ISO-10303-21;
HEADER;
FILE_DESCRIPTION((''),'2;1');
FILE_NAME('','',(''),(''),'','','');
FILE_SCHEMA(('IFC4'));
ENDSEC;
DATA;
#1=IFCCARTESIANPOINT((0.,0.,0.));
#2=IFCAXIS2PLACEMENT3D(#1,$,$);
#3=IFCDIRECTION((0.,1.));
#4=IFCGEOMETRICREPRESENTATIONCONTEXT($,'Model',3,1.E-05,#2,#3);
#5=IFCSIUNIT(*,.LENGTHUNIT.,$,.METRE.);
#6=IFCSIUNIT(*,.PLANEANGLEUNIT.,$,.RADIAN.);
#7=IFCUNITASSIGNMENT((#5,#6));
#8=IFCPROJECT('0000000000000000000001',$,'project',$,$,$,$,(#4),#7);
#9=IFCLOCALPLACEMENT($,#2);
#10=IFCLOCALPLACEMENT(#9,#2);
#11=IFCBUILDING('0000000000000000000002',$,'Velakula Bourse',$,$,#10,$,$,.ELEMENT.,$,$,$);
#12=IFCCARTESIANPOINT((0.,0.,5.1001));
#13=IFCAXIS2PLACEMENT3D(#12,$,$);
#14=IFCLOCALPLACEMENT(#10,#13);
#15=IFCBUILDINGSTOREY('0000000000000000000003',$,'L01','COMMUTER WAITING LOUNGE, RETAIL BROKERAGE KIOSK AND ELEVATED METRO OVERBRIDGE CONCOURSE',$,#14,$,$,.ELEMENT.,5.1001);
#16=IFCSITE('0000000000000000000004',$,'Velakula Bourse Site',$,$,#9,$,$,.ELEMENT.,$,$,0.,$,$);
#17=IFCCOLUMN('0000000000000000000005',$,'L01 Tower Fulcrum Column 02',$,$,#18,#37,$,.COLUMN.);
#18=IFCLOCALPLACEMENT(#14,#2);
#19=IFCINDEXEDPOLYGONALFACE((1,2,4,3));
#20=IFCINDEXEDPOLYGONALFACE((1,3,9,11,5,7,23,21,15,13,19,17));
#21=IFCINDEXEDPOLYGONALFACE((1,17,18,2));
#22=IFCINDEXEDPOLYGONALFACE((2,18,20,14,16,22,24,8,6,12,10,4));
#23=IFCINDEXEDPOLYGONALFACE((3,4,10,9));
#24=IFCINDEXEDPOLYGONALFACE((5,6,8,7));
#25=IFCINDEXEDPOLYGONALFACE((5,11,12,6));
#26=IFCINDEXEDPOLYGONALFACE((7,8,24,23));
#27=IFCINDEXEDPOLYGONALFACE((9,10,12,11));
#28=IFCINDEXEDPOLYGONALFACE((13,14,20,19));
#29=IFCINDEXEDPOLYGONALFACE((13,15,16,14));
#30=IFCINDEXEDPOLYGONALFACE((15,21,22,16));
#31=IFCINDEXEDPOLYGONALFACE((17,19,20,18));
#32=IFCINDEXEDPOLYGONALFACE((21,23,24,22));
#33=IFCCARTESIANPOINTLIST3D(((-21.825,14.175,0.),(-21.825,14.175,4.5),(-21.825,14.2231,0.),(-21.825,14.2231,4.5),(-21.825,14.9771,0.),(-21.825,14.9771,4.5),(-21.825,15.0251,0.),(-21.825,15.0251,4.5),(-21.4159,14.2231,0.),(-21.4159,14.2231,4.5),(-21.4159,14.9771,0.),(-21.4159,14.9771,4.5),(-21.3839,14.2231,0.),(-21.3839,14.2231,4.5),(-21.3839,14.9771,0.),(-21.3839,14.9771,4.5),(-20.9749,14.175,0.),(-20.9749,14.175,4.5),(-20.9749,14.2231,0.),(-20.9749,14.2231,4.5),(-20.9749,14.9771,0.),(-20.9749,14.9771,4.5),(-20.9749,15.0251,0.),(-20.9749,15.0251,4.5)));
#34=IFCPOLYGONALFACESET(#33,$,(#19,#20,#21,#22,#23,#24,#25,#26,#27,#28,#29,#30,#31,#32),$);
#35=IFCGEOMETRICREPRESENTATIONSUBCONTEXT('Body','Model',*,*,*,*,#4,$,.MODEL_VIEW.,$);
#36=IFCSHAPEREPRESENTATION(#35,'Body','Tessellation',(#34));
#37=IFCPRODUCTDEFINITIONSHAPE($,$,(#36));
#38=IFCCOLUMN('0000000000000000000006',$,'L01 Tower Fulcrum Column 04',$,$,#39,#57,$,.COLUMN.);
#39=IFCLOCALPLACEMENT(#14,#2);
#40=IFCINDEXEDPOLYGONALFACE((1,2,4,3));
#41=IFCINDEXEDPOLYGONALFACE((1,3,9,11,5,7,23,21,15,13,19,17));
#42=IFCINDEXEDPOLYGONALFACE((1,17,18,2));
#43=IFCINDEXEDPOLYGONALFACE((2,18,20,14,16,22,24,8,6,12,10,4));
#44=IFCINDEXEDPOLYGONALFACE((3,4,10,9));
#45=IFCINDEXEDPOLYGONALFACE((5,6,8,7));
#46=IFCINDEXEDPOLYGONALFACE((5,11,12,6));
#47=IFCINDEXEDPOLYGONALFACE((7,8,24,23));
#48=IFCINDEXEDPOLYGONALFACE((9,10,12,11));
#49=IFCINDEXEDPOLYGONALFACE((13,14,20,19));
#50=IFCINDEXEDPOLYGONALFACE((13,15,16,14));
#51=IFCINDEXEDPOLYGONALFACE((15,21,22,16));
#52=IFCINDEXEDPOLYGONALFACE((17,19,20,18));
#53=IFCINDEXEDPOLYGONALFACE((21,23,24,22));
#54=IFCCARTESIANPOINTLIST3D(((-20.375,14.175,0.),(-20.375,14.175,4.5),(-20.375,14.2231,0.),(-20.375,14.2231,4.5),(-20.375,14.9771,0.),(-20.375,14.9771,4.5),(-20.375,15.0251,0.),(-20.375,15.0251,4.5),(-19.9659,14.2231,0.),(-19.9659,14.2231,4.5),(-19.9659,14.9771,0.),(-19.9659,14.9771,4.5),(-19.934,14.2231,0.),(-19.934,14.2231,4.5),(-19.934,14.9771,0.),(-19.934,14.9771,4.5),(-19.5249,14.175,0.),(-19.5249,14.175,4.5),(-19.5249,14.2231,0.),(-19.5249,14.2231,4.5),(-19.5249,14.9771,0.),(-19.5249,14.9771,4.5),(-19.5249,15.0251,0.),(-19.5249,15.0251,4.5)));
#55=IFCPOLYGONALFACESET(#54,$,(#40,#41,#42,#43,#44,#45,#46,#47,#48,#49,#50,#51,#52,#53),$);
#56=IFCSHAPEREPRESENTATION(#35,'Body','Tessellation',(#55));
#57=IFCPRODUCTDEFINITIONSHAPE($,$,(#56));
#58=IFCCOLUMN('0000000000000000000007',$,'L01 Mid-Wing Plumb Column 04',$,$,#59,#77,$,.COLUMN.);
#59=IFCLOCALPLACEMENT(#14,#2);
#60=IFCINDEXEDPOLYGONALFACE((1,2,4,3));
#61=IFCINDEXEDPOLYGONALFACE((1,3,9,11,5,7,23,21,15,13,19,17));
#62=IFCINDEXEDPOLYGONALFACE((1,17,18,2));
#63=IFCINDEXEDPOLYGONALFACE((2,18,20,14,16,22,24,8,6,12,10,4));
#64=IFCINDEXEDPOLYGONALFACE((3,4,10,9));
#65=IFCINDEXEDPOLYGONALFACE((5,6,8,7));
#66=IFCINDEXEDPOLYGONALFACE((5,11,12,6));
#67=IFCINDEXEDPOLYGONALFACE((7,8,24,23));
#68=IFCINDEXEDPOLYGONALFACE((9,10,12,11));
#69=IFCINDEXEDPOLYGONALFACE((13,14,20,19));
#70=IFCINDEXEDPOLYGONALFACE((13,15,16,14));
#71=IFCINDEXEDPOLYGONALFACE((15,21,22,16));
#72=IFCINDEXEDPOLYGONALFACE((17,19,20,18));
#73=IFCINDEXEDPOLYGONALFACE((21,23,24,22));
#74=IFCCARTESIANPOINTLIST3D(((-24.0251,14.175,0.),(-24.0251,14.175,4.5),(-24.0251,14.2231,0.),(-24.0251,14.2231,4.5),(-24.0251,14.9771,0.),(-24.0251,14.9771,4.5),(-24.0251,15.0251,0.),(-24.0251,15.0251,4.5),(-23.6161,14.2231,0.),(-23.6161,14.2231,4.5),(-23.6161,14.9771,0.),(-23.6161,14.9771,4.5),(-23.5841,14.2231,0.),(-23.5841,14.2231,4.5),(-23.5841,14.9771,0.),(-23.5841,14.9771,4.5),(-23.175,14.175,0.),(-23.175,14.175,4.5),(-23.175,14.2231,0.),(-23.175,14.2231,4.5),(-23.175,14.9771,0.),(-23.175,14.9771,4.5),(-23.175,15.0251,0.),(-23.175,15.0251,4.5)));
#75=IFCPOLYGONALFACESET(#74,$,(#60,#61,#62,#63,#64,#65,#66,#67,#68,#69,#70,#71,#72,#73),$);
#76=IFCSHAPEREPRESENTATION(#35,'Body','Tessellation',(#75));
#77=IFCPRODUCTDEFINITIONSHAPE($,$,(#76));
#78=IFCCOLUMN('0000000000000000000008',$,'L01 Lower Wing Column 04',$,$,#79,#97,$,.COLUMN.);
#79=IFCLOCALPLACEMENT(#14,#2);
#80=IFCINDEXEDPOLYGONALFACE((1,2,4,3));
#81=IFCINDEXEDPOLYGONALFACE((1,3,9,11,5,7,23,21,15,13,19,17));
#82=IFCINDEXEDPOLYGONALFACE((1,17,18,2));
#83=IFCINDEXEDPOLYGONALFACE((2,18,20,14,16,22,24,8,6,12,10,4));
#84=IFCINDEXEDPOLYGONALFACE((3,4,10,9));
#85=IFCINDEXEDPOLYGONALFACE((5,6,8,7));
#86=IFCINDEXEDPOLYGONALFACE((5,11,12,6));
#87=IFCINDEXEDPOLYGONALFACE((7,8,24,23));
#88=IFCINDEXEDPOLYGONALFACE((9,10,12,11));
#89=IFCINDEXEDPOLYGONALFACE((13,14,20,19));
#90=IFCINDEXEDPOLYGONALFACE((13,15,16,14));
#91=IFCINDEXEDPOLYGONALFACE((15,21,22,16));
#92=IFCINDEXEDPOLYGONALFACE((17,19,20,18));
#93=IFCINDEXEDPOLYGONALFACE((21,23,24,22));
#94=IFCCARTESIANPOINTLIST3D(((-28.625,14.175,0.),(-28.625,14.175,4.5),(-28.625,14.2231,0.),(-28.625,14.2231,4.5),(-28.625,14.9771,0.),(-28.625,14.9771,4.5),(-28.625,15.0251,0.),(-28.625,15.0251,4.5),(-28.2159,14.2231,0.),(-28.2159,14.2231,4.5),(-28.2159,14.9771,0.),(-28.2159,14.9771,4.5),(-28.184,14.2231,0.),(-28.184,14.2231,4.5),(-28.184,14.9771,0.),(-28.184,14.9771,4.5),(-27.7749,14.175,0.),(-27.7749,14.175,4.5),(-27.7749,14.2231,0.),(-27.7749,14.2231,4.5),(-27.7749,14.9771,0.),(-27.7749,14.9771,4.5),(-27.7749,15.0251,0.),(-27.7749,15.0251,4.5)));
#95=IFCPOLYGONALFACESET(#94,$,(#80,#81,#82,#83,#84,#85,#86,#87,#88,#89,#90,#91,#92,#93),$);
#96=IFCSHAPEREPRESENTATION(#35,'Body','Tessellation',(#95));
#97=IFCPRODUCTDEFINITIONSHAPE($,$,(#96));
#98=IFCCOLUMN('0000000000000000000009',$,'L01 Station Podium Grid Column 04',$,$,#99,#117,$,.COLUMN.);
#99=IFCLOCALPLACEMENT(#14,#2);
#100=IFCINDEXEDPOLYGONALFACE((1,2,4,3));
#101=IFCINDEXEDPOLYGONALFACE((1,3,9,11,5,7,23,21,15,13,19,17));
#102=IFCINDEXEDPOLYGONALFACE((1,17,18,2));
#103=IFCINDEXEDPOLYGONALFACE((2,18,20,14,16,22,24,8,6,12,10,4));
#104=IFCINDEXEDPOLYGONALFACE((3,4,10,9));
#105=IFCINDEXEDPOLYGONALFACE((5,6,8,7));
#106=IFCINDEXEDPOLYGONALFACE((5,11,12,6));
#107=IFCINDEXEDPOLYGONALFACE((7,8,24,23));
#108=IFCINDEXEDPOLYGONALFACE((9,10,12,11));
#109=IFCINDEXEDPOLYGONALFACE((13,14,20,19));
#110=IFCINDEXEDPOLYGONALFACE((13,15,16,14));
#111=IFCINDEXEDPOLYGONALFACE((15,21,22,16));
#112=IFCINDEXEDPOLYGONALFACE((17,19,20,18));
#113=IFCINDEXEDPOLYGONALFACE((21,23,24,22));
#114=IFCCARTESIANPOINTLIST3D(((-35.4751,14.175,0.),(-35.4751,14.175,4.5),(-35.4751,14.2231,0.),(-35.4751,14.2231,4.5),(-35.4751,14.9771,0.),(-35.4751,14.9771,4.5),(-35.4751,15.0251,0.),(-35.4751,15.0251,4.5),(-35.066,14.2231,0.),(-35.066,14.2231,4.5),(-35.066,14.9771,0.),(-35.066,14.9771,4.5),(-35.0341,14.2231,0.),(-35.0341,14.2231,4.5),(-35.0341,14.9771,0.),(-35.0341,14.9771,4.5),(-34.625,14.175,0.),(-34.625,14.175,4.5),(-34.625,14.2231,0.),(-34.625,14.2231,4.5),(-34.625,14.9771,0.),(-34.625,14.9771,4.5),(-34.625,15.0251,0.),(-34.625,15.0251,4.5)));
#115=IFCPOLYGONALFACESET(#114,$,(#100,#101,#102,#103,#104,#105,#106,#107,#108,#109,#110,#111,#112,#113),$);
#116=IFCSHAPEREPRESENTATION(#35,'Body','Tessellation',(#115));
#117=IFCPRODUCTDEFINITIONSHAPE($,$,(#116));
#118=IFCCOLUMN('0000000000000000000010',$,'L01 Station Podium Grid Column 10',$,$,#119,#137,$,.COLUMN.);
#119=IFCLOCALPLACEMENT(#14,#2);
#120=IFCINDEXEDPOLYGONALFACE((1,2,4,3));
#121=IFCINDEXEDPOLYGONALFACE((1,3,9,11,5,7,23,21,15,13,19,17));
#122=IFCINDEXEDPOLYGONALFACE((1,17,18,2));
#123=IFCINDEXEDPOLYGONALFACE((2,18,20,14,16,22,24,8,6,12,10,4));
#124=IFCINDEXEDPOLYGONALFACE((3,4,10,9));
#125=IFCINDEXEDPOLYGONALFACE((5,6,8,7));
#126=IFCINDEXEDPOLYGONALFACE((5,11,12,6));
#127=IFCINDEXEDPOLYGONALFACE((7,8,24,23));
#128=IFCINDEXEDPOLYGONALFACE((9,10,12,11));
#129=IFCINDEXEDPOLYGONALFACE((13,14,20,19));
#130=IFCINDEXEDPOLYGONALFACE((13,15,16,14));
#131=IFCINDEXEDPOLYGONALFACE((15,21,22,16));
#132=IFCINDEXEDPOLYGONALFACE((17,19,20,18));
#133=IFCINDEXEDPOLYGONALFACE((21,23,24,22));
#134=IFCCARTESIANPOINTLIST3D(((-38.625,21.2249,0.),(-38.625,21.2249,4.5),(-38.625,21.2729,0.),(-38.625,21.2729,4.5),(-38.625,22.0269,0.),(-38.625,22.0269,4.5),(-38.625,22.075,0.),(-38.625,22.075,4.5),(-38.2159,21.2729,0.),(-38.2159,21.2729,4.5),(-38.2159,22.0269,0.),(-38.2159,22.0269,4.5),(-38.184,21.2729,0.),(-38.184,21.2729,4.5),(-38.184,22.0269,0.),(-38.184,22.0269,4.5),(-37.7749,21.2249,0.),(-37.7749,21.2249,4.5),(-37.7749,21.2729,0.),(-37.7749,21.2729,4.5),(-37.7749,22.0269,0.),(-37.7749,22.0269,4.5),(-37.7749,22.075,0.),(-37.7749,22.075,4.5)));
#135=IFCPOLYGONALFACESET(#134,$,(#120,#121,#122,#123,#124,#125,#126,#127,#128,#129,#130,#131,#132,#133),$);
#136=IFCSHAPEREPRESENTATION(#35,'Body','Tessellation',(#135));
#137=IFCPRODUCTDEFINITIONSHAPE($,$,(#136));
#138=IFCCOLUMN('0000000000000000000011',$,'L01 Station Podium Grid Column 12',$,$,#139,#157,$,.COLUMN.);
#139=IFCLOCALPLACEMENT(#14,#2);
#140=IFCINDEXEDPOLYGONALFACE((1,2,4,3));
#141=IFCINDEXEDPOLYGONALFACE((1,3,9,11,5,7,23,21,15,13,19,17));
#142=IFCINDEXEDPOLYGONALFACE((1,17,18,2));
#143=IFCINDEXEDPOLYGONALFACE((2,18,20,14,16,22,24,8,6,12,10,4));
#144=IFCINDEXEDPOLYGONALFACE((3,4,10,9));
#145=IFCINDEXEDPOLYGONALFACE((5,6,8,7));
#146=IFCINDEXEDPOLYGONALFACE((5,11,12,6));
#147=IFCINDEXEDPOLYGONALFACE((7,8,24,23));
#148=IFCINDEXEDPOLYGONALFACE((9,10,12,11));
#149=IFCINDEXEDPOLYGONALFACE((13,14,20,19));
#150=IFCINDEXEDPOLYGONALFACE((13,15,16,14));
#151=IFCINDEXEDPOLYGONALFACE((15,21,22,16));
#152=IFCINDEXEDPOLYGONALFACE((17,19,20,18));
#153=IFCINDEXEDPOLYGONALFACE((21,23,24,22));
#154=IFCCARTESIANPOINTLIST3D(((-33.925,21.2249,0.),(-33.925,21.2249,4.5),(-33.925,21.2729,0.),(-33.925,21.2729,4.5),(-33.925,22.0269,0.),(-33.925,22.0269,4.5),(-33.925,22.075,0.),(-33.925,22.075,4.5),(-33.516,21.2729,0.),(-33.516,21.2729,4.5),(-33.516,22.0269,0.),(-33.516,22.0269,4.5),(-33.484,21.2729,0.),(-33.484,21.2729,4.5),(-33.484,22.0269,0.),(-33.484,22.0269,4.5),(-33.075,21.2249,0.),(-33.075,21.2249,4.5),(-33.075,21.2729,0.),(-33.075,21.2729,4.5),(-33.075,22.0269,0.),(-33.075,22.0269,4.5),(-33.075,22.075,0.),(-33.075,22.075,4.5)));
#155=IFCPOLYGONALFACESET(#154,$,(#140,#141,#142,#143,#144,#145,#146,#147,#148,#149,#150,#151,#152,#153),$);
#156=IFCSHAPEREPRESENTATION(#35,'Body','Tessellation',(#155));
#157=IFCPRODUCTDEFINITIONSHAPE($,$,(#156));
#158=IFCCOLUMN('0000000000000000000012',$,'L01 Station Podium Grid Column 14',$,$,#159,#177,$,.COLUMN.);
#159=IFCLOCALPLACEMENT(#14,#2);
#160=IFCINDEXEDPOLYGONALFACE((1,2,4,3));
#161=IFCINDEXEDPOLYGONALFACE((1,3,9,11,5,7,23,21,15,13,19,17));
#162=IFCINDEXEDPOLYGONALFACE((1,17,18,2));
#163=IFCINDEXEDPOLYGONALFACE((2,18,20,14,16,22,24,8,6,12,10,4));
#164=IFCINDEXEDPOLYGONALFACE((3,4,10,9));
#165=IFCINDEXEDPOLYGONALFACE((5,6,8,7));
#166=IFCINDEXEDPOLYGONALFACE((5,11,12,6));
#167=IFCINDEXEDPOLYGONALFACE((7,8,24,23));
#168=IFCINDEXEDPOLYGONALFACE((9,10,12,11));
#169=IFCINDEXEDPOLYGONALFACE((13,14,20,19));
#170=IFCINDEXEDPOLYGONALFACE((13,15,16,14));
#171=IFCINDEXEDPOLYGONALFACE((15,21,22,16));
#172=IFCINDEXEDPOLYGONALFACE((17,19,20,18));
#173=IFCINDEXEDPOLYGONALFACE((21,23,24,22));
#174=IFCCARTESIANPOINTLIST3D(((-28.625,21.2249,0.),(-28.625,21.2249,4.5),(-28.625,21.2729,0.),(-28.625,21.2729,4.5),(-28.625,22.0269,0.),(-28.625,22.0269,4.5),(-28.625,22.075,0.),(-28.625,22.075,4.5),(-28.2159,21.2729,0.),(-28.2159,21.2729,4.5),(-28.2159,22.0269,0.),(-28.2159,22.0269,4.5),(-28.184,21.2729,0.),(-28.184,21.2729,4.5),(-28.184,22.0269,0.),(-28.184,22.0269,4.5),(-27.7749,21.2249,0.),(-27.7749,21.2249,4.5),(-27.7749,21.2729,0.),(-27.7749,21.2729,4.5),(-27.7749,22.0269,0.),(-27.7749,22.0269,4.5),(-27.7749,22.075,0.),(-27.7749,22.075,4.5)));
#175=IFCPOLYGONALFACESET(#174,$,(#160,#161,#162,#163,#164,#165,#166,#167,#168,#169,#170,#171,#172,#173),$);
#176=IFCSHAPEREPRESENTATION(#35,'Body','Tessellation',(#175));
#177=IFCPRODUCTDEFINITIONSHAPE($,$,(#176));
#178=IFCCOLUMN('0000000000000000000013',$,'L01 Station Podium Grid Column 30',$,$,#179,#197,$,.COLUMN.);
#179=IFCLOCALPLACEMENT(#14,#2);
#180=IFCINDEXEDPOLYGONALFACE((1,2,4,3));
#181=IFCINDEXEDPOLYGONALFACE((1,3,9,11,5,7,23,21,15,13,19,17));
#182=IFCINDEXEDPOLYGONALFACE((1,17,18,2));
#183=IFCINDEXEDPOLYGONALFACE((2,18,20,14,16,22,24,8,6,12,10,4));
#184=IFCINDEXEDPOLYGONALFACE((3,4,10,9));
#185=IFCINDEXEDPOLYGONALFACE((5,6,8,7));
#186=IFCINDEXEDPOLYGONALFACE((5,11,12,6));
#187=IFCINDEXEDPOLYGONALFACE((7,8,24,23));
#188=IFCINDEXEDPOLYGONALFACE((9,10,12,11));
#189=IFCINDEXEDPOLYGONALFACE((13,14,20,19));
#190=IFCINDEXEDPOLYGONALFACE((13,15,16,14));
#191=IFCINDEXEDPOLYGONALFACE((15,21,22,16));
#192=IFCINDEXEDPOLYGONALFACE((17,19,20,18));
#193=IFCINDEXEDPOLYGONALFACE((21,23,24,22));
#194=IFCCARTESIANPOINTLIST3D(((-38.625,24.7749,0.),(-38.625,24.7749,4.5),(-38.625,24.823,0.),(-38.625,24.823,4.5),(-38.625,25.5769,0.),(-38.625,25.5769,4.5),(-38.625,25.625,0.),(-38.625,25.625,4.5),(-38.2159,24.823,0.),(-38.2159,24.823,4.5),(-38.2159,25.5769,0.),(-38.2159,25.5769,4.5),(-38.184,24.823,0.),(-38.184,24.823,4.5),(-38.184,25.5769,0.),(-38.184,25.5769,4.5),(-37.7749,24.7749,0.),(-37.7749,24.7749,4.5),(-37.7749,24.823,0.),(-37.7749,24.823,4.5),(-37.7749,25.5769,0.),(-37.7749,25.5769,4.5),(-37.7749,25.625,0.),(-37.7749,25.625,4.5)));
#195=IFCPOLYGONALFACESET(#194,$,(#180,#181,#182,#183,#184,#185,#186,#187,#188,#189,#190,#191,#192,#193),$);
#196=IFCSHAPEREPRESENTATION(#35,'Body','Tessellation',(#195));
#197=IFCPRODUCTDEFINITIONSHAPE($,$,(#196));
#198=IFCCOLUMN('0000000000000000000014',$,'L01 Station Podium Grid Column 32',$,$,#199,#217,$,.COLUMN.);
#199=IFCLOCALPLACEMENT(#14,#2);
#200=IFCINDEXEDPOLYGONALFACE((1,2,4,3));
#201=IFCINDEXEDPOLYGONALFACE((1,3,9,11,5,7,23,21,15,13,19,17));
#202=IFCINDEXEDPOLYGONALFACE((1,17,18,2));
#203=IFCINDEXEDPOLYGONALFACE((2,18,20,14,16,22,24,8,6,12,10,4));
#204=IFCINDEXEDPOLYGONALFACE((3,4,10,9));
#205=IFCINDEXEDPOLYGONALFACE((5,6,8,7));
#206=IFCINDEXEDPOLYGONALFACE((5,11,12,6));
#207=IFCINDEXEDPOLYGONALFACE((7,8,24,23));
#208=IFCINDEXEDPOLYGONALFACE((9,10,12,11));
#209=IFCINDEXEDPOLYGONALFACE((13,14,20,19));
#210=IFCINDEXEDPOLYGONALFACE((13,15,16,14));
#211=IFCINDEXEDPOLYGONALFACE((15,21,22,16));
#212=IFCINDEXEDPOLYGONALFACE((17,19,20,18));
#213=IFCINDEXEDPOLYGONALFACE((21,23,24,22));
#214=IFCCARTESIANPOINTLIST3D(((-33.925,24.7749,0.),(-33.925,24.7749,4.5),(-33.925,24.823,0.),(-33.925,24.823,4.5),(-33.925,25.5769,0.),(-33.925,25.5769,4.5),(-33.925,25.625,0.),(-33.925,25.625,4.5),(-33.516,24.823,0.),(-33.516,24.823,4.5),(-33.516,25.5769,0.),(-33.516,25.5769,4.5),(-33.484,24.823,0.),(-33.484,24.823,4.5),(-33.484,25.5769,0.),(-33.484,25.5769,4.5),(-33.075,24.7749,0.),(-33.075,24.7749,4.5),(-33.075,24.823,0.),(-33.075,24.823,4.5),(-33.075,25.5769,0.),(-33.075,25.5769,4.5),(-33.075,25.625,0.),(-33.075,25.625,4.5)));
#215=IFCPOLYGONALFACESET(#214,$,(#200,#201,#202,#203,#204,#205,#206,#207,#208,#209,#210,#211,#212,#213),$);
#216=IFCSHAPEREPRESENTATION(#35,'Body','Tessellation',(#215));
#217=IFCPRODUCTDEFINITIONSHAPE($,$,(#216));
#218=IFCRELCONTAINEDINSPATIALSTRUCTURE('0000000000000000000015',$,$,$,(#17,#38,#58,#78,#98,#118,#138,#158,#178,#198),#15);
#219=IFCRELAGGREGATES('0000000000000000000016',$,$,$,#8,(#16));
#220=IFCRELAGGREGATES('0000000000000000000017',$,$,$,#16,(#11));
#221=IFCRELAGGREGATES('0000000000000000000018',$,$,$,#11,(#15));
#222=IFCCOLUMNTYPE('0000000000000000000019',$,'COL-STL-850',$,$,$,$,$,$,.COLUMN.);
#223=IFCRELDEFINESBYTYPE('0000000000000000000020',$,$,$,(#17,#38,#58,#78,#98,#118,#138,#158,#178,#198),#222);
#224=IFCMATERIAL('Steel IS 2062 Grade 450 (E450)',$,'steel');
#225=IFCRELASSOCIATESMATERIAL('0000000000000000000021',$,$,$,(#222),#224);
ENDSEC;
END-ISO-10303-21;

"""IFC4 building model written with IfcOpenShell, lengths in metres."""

from ifc_helpers import new_model, si_unit, direction, frame, origin, origin_2d, place, context, subcontext, project, spatial, i_section, extrude, material, material_profile, profile_set, type_object, element, save


model = new_model("IFC4")

# Units and contexts
model_context = context("Model", 3, precision=1e-05, world=origin(), true_north=direction((0.0, 1.0)))
body_context = subcontext(model_context, "Body", "Model", "MODEL_VIEW")
ifc_project = project(units=[si_unit("LENGTHUNIT", "METRE"), si_unit("PLANEANGLEUNIT", "RADIAN")], contexts=[model_context])

# Site, building, storey
site_placement = place(None, origin())
site = spatial("IfcSite", under=ifc_project, at=site_placement, Name="Velakula Bourse Site", CompositionType="ELEMENT", RefElevation=0.0)
building_placement = place(site_placement, origin())
building = spatial("IfcBuilding", under=site, at=building_placement, Name="Velakula Bourse", CompositionType="ELEMENT")
storey_placement = place(building_placement, frame((0.0, 0.0, 5.1001)))
storey = spatial("IfcBuildingStorey", under=building, at=storey_placement, Name="L01", Description="COMMUTER WAITING LOUNGE, RETAIL BROKERAGE KIOSK AND ELEVATED METRO OVERBRIDGE CONCOURSE", CompositionType="ELEMENT", Elevation=5.1001)

# Columns
ifc_material_1 = material(Name="Steel IS 2062 Grade 450 (E450)", Category="steel")
ifc_material_profile_1 = material_profile(ifc_material_1, i_section(OverallWidth=0.8501, OverallDepth=0.8501, WebThickness=0.032, FlangeThickness=0.0481, at=origin_2d()), Name="Steel IS 2062 Grade 450 (E450)")
ifc_profile_set_1 = profile_set([ifc_material_profile_1], Name="Steel IS 2062 Grade 450 (E450)")
column_type = type_object("IfcColumnType", Name="COL-STL-850", PredefinedType="COLUMN", material=ifc_profile_set_1)
for number, where, z_axis, x_axis, name in (
    (1, (-21.3999, 14.6001, 0.0), (0.0, 0.0, 1.0), (1.0, 0.0, 0.0), "L01 Tower Fulcrum Column 02"),
    (2, (-19.95, 14.6001, 0.0), (0.0, 0.0, 1.0), (1.0, 0.0, 0.0), "L01 Tower Fulcrum Column 04"),
    (3, (-23.6001, 14.6001, 0.0), (0.0, 0.0, 1.0), (1.0, 0.0, 0.0), "L01 Mid-Wing Plumb Column 04"),
    (4, (-28.2, 14.6001, 0.0), (0.0, 0.0, 1.0), (1.0, 0.0, 0.0), "L01 Lower Wing Column 04"),
    (5, (-35.05, 14.6001, 0.0), (0.0, 0.0, 1.0), (1.0, 0.0, 0.0), "L01 Station Podium Grid Column 04"),
    (6, (-38.2, 21.6499, 0.0), (0.0, 0.0, 1.0), (1.0, 0.0, 0.0), "L01 Station Podium Grid Column 10"),
    (7, (-33.5, 21.6499, 0.0), (0.0, 0.0, 1.0), (1.0, 0.0, 0.0), "L01 Station Podium Grid Column 12"),
    (8, (-28.2, 21.6499, 0.0), (0.0, 0.0, 1.0), (1.0, 0.0, 0.0), "L01 Station Podium Grid Column 14"),
    (9, (-38.2, 25.2, 0.0), (0.0, 0.0, 1.0), (1.0, 0.0, 0.0), "L01 Station Podium Grid Column 30"),
    (10, (-33.5, 25.2, 0.0), (0.0, 0.0, 1.0), (1.0, 0.0, 0.0), "L01 Station Podium Grid Column 32"),
):
    element("IfcColumn", number, at=place(storey_placement, frame(where, z_axis=z_axis, x_axis=x_axis)), inside=storey, type_object=column_type, Name=name, PredefinedType="COLUMN", context=body_context, shape_type="SweptSolid", body=[
        extrude(i_section(OverallWidth=0.8501, OverallDepth=0.8501, WebThickness=0.032, FlangeThickness=0.0481, at=origin_2d()), origin(), (0.0, 0.0, 1.0), 4.5),
    ])

save(model, "model.ifc")
